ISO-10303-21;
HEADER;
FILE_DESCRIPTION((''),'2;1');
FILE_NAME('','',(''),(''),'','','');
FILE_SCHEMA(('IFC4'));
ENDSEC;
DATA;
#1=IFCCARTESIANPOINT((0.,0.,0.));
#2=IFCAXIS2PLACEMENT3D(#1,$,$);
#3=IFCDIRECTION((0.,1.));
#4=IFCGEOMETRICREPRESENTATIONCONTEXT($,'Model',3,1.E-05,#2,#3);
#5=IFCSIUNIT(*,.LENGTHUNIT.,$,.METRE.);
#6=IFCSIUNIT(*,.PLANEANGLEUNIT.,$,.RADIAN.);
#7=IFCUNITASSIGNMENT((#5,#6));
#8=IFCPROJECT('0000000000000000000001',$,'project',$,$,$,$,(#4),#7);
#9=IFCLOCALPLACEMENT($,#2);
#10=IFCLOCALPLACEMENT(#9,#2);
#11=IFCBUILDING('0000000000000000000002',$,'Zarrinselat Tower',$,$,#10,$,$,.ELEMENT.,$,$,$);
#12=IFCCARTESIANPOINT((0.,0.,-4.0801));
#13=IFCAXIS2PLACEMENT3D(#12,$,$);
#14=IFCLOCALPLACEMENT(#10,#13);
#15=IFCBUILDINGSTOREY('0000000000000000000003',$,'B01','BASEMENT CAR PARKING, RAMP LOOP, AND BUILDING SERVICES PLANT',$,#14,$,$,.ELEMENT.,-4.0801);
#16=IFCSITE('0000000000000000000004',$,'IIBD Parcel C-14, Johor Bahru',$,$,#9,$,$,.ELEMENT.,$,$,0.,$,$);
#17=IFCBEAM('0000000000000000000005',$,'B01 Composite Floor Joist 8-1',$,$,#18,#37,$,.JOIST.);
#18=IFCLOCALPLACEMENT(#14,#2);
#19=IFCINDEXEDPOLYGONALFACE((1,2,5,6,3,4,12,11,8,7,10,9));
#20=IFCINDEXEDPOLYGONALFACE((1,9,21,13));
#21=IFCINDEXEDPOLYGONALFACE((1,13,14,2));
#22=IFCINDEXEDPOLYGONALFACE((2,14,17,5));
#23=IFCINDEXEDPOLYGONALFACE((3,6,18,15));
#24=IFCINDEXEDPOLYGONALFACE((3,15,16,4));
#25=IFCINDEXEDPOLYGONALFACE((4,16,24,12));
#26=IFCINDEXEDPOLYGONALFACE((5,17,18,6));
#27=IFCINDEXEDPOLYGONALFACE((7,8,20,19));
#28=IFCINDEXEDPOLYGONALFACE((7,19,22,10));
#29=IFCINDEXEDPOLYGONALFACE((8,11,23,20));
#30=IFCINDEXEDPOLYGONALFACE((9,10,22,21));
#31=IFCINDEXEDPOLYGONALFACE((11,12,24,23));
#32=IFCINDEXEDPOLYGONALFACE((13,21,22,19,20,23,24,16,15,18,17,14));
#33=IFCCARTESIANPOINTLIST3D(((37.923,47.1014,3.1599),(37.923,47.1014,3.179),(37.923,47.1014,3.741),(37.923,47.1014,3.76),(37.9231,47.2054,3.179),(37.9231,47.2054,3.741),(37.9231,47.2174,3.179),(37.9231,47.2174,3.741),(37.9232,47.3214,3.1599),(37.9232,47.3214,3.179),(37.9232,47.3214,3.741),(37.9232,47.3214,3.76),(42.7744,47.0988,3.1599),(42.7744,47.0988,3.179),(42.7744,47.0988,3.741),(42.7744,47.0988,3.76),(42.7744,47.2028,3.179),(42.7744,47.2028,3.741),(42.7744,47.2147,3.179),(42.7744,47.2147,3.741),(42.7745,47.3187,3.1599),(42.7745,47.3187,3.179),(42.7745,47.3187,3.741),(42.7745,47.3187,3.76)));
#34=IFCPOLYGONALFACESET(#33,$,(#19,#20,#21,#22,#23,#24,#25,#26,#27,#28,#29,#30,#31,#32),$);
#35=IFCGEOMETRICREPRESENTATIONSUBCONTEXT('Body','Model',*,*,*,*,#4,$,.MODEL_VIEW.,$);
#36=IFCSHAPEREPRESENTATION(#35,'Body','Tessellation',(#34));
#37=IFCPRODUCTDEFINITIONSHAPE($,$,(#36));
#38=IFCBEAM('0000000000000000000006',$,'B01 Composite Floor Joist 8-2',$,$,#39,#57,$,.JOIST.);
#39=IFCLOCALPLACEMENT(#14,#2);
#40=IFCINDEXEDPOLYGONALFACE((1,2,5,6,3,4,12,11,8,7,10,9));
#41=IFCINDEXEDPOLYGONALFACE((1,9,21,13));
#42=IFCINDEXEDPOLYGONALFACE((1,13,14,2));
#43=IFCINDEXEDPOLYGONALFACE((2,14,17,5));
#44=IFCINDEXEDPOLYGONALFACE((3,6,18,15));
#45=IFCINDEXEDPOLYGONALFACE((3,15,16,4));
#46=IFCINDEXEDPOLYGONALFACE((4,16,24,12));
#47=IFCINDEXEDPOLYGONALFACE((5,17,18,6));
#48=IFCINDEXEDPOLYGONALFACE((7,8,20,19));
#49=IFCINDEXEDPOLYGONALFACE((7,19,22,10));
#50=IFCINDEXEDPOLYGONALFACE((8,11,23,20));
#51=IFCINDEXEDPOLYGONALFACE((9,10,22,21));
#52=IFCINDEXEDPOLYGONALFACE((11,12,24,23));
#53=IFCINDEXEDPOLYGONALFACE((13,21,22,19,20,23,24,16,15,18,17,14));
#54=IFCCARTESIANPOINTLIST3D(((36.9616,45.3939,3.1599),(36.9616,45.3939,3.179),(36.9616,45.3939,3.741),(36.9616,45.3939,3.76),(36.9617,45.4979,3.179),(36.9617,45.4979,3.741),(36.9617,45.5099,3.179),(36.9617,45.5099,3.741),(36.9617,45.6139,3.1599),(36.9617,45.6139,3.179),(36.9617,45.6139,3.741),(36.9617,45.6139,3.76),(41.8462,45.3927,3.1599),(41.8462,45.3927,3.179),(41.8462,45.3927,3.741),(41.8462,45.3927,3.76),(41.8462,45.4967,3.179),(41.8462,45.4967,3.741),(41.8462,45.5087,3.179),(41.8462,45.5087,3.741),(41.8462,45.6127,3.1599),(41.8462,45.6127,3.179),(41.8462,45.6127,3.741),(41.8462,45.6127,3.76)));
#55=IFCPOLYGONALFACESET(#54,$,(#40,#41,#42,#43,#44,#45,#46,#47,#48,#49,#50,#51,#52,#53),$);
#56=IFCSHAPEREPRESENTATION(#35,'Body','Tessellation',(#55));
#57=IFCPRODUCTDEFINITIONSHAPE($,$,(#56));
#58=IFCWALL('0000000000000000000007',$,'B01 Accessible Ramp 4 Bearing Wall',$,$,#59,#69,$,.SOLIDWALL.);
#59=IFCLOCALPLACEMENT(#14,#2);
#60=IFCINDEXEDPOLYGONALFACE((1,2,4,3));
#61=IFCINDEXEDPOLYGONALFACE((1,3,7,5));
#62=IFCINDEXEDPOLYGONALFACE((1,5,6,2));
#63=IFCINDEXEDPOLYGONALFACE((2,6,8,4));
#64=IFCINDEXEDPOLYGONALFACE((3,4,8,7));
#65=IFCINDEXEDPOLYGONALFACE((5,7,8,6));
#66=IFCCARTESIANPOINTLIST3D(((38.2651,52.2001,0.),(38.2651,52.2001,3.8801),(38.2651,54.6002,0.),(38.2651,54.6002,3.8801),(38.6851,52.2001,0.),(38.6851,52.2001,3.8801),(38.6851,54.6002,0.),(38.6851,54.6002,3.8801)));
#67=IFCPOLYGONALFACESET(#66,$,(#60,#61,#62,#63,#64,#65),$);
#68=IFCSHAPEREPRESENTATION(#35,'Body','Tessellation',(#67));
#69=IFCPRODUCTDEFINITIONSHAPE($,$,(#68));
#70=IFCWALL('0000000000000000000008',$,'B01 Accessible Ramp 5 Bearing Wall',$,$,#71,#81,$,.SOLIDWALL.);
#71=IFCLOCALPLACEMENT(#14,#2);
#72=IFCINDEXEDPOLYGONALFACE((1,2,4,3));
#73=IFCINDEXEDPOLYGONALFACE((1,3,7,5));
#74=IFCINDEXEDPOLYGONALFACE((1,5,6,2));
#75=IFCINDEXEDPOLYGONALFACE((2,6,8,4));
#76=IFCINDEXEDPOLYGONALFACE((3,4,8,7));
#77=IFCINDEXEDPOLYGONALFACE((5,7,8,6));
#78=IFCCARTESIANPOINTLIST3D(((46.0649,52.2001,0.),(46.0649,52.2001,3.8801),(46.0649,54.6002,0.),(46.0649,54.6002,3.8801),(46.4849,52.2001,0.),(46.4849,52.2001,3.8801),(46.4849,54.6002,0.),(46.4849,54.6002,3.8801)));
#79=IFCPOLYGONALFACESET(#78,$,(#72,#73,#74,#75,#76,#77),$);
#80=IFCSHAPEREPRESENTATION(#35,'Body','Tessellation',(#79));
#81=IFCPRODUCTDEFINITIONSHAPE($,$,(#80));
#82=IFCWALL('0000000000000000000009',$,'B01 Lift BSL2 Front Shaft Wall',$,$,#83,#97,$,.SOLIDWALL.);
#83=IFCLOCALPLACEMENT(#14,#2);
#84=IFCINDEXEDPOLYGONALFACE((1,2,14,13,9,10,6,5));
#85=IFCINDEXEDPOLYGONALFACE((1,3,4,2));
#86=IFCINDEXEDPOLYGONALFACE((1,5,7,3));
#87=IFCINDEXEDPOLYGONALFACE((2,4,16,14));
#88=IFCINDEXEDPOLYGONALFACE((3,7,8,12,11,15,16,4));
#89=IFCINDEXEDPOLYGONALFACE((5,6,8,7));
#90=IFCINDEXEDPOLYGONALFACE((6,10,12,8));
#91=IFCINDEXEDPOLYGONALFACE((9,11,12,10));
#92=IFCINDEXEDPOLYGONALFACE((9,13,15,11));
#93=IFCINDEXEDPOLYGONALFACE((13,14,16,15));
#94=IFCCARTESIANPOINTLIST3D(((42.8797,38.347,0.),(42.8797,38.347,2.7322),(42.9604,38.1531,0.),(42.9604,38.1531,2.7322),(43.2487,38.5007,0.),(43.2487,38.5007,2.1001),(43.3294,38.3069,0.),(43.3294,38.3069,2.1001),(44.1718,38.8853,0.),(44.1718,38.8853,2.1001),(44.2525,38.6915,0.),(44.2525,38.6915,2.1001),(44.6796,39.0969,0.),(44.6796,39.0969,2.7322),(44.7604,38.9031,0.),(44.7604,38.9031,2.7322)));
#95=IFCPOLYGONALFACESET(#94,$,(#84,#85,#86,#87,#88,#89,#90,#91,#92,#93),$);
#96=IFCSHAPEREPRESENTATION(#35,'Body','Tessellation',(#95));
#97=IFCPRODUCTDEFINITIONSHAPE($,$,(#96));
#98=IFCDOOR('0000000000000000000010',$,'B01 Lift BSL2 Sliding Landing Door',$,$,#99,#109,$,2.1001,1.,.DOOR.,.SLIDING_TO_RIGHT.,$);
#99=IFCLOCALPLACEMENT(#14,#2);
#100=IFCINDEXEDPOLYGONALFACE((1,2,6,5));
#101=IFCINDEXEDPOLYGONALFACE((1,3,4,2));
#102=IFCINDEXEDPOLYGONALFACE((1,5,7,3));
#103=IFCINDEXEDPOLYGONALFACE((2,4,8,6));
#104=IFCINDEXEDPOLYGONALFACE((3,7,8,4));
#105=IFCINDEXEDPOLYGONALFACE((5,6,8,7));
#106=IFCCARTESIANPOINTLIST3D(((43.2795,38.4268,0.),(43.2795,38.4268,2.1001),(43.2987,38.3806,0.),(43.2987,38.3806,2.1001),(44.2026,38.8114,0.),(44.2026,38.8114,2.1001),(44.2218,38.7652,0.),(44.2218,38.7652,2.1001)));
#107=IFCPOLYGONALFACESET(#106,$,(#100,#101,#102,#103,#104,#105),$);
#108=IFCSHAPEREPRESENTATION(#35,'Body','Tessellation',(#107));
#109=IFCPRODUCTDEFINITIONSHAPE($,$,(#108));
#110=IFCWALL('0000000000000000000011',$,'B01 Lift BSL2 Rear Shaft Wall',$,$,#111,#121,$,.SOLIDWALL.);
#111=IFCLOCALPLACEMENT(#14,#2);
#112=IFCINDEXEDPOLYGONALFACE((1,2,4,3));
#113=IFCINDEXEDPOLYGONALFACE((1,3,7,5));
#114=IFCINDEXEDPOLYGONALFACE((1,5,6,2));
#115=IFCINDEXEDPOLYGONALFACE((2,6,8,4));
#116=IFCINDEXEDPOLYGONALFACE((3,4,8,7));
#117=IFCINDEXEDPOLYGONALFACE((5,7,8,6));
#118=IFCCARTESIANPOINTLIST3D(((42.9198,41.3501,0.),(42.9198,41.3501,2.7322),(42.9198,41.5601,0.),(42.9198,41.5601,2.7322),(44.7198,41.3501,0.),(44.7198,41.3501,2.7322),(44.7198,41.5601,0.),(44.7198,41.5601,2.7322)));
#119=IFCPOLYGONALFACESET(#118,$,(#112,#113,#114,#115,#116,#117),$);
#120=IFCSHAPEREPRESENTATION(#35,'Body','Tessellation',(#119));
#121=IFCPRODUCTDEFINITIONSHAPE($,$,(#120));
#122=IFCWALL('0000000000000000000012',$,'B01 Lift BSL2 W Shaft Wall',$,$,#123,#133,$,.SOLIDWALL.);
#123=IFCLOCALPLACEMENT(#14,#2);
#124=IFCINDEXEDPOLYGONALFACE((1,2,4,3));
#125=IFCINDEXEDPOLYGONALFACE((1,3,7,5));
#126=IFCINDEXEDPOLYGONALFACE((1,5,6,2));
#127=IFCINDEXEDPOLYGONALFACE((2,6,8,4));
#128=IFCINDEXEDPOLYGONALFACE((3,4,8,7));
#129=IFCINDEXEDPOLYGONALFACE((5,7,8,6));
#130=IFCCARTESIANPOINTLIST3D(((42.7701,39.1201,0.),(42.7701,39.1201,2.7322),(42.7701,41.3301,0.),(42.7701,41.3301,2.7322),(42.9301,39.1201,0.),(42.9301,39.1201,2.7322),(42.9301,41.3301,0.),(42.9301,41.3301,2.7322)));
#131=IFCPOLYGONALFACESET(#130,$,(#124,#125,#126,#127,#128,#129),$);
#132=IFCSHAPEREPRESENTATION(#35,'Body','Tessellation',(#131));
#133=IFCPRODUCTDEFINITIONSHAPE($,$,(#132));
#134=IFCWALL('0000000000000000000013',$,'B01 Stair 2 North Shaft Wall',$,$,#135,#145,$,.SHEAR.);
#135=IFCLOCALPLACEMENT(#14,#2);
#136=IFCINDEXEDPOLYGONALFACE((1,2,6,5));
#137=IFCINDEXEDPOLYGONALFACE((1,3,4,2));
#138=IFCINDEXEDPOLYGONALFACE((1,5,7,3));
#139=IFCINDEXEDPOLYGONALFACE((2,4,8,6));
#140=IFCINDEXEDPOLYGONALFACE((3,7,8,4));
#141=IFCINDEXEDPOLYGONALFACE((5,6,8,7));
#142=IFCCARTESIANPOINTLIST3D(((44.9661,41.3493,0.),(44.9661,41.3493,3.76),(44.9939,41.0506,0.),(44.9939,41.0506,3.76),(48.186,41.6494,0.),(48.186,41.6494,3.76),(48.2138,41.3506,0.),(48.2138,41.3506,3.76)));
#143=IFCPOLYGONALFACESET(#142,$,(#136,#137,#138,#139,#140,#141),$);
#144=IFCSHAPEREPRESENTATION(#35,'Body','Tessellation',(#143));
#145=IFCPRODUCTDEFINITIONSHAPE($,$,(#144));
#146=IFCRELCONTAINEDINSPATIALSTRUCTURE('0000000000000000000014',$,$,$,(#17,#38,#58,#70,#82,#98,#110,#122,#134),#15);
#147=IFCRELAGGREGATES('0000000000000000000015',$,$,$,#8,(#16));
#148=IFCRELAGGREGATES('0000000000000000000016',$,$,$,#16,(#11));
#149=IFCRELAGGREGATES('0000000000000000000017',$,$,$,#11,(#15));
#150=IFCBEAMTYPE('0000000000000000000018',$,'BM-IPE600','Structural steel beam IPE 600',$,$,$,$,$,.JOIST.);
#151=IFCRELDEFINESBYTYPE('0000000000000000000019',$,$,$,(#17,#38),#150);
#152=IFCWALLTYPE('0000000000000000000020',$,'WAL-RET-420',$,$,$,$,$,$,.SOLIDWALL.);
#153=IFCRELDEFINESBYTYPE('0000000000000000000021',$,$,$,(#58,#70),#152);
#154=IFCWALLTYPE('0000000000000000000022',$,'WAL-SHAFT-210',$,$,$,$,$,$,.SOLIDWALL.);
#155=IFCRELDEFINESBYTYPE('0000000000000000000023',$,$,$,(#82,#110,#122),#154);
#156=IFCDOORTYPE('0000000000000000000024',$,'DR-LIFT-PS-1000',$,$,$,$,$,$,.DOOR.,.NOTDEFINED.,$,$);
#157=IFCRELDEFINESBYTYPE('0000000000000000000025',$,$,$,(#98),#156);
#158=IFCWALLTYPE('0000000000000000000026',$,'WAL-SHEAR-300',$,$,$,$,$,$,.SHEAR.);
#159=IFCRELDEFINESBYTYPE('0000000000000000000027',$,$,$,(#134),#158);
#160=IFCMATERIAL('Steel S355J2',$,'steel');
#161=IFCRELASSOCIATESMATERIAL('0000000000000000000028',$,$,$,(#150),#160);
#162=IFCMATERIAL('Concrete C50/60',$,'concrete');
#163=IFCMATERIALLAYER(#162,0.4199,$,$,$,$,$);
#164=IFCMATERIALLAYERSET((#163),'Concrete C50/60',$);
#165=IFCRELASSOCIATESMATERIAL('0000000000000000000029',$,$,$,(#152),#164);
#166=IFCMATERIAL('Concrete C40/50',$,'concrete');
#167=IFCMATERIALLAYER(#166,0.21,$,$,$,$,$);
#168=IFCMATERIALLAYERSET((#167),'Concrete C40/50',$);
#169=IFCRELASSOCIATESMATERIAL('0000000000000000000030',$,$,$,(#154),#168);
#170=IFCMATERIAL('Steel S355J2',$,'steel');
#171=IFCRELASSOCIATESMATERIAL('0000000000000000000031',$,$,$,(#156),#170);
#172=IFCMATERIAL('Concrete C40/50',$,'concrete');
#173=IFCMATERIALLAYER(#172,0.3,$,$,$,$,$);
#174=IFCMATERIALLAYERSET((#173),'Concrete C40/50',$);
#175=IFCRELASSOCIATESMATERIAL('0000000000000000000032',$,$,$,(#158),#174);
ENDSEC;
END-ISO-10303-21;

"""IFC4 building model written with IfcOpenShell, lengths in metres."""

from ifc_helpers import new_model, si_unit, direction, frame, frame_2d, origin, origin_2d, place, context, subcontext, project, spatial, rectangle, i_section, extrude, material, layer, layer_set, material_profile, profile_set, type_object, element, fill, save


model = new_model("IFC4")

# Units and contexts
model_context = context("Model", 3, precision=1e-05, world=origin(), true_north=direction((0.0, 1.0)))
body_context = subcontext(model_context, "Body", "Model", "MODEL_VIEW")
ifc_project = project(units=[si_unit("LENGTHUNIT", "METRE"), si_unit("PLANEANGLEUNIT", "RADIAN")], contexts=[model_context])

# Site, building, storey
site_placement = place(None, origin())
site = spatial("IfcSite", under=ifc_project, at=site_placement, Name="IIBD Parcel C-14, Johor Bahru", CompositionType="ELEMENT", RefElevation=0.0)
building_placement = place(site_placement, origin())
building = spatial("IfcBuilding", under=site, at=building_placement, Name="Zarrinselat Tower", CompositionType="ELEMENT")
storey_placement = place(building_placement, frame((0.0, 0.0, -4.0801)))
storey = spatial("IfcBuildingStorey", under=building, at=storey_placement, Name="B01", Description="BASEMENT CAR PARKING, RAMP LOOP, AND BUILDING SERVICES PLANT", CompositionType="ELEMENT", Elevation=-4.0801)

# Beams
ifc_material_1 = material(Name="Steel S355J2", Category="steel")
ifc_material_profile_1 = material_profile(ifc_material_1, i_section(OverallWidth=0.22, OverallDepth=0.6001, WebThickness=0.012, FlangeThickness=0.019, at=origin_2d()), Name="IPE 600")
ifc_profile_set_1 = profile_set([ifc_material_profile_1], Name="Steel S355J2")
beam_type_1 = type_object("IfcBeamType", Name="BM-IPE600", Description="Structural steel beam IPE 600", PredefinedType="JOIST", material=ifc_profile_set_1)
beam_1_placement = place(storey_placement, frame((37.9231, 47.2114, 3.46), z_axis=(1.0, -0.000554, 0.0), x_axis=(0.000554, 1.0, 0.0)))
element("IfcBeam", 1, at=beam_1_placement, inside=storey, type_object=beam_type_1, Name="B01 Composite Floor Joist 8-1", PredefinedType="JOIST", context=body_context, shape_type="SweptSolid", body=[
    extrude(i_section(OverallWidth=0.22, OverallDepth=0.6001, WebThickness=0.012, FlangeThickness=0.019, at=origin_2d()), origin(), (0.0, 0.0, 1.0), 4.8513),
])
beam_2_placement = place(storey_placement, frame((36.9617, 45.5039, 3.46), z_axis=(1.0, -0.00025, 0.0), x_axis=(0.00025, 1.0, 0.0)))
element("IfcBeam", 2, at=beam_2_placement, inside=storey, type_object=beam_type_1, Name="B01 Composite Floor Joist 8-2", PredefinedType="JOIST", context=body_context, shape_type="SweptSolid", body=[
    extrude(i_section(OverallWidth=0.22, OverallDepth=0.6001, WebThickness=0.012, FlangeThickness=0.019, at=origin_2d()), origin(), (0.0, 0.0, 1.0), 4.8845),
])

# Walls
ifc_material_2 = material(Name="Concrete C50/60", Category="concrete")
ifc_layer_1 = layer(ifc_material_2, 0.4199)
ifc_layer_set_1 = layer_set([ifc_layer_1], Name="Concrete C50/60")
wall_type_1 = type_object("IfcWallType", Name="WAL-RET-420", PredefinedType="SOLIDWALL", material=ifc_layer_set_1)
for number, where, z_axis, x_axis, name in (
    (3, (38.4751, 52.2, 0.0), (0.0, 0.0, 1.0), (0.0, 1.0, 0.0), "B01 Accessible Ramp 4 Bearing Wall"),
    (4, (46.2749, 52.2, 0.0), (0.0, 0.0, 1.0), (0.0, 1.0, 0.0), "B01 Accessible Ramp 5 Bearing Wall"),
):
    element("IfcWall", number, at=place(storey_placement, frame(where, z_axis=z_axis, x_axis=x_axis)), inside=storey, type_object=wall_type_1, Name=name, PredefinedType="SOLIDWALL", context=body_context, shape_type="SweptSolid", body=[
        extrude(rectangle(XDim=2.4001, YDim=0.4199, at=frame_2d((1.2002, 0.0))), origin(), (0.0, 0.0, 1.0), 3.8801),
    ])

# Wall, opening, door
ifc_material_3 = material(Name="Concrete C40/50", Category="concrete")
ifc_layer_2 = layer(ifc_material_3, 0.21)
ifc_layer_set_2 = layer_set([ifc_layer_2], Name="Concrete C40/50")
wall_type_2 = type_object("IfcWallType", Name="WAL-SHAFT-210", PredefinedType="SOLIDWALL", material=ifc_layer_set_2)
wall_1_placement = place(storey_placement, frame((42.9199, 38.25, 0.0), z_axis=(0.0, 0.0, 1.0), x_axis=(0.923081, 0.384606, 0.0)))
wall_1 = element("IfcWall", 5, at=wall_1_placement, inside=storey, type_object=wall_type_2, Name="B01 Lift BSL2 Front Shaft Wall", PredefinedType="SOLIDWALL", context=body_context, shape_type="SweptSolid", body=[
    extrude(rectangle(XDim=1.95, YDim=0.21, at=frame_2d((0.9751, 0.0))), origin(), (0.0, 0.0, 1.0), 2.7322),
])
opening_placement = place(wall_1_placement, frame((0.3999, 0.0, 0.0)))
opening = element("IfcOpeningElement", 6, at=opening_placement, cuts=wall_1, PredefinedType="OPENING", context=body_context, shape_type="SweptSolid", body=[
    extrude(rectangle(XDim=1.0, YDim=2.1001, at=frame_2d((0.5, 1.05))), frame((0.0, 0.115, 0.0), z_axis=(0.0, -1.0, 0.0), x_axis=(1.0, 0.0, 0.0)), (0.0, 0.0, 1.0), 0.23),
])
ifc_material_4 = material(Name="Steel S355J2", Category="steel")
door_type = type_object("IfcDoorType", Name="DR-LIFT-PS-1000", OperationType="NOTDEFINED", PredefinedType="DOOR", material=ifc_material_4)
door_placement = place(opening_placement, origin())
door = element("IfcDoor", 7, at=door_placement, inside=storey, type_object=door_type, Name="B01 Lift BSL2 Sliding Landing Door", OperationType="SLIDING_TO_RIGHT", OverallHeight=2.1001, OverallWidth=1.0, PredefinedType="DOOR", context=body_context, shape_type="SweptSolid", body=[
    extrude(rectangle(XDim=1.0, YDim=2.1001, at=frame_2d((0.5, 1.05))), frame((0.0, 0.0249, 0.0), z_axis=(0.0, -1.0, 0.0), x_axis=(1.0, 0.0, 0.0)), (0.0, 0.0, 1.0), 0.05),
])
fill(opening, door)

# Walls
wall_2_placement = place(storey_placement, frame((42.9199, 41.4551, 0.0), z_axis=(0.0, 0.0, 1.0), x_axis=(1.0, 0.0, 0.0)))
element("IfcWall", 8, at=wall_2_placement, inside=storey, type_object=wall_type_2, Name="B01 Lift BSL2 Rear Shaft Wall", PredefinedType="SOLIDWALL", context=body_context, shape_type="SweptSolid", body=[
    extrude(rectangle(XDim=1.8, YDim=0.21, at=frame_2d((0.8999, 0.0))), origin(), (0.0, 0.0, 1.0), 2.7322),
])
wall_3_placement = place(storey_placement, frame((42.8501, 39.1201, 0.0), z_axis=(0.0, 0.0, 1.0), x_axis=(0.0, 1.0, 0.0)))
element("IfcWall", 9, at=wall_3_placement, inside=storey, type_object=wall_type_2, Name="B01 Lift BSL2 W Shaft Wall", PredefinedType="SOLIDWALL", context=body_context, shape_type="SweptSolid", body=[
    extrude(rectangle(XDim=2.21, YDim=0.1599, at=frame_2d((1.105, 0.0))), origin(), (0.0, 0.0, 1.0), 2.7322),
])
ifc_material_5 = material(Name="Concrete C40/50", Category="concrete")
ifc_layer_3 = layer(ifc_material_5, 0.3)
ifc_layer_set_3 = layer_set([ifc_layer_3], Name="Concrete C40/50")
wall_type_3 = type_object("IfcWallType", Name="WAL-SHEAR-300", PredefinedType="SHEAR", material=ifc_layer_set_3)
wall_4_placement = place(storey_placement, frame((44.98, 41.2, 0.0), z_axis=(0.0, 0.0, 1.0), x_axis=(0.995686, 0.092782, 0.0)))
element("IfcWall", 10, at=wall_4_placement, inside=storey, type_object=wall_type_3, Name="B01 Stair 2 North Shaft Wall", PredefinedType="SHEAR", context=body_context, shape_type="SweptSolid", body=[
    extrude(rectangle(XDim=3.2339, YDim=0.3, at=frame_2d((1.6169, 0.0))), origin(), (0.0, 0.0, 1.0), 3.76),
])

save(model, "model.ifc")
